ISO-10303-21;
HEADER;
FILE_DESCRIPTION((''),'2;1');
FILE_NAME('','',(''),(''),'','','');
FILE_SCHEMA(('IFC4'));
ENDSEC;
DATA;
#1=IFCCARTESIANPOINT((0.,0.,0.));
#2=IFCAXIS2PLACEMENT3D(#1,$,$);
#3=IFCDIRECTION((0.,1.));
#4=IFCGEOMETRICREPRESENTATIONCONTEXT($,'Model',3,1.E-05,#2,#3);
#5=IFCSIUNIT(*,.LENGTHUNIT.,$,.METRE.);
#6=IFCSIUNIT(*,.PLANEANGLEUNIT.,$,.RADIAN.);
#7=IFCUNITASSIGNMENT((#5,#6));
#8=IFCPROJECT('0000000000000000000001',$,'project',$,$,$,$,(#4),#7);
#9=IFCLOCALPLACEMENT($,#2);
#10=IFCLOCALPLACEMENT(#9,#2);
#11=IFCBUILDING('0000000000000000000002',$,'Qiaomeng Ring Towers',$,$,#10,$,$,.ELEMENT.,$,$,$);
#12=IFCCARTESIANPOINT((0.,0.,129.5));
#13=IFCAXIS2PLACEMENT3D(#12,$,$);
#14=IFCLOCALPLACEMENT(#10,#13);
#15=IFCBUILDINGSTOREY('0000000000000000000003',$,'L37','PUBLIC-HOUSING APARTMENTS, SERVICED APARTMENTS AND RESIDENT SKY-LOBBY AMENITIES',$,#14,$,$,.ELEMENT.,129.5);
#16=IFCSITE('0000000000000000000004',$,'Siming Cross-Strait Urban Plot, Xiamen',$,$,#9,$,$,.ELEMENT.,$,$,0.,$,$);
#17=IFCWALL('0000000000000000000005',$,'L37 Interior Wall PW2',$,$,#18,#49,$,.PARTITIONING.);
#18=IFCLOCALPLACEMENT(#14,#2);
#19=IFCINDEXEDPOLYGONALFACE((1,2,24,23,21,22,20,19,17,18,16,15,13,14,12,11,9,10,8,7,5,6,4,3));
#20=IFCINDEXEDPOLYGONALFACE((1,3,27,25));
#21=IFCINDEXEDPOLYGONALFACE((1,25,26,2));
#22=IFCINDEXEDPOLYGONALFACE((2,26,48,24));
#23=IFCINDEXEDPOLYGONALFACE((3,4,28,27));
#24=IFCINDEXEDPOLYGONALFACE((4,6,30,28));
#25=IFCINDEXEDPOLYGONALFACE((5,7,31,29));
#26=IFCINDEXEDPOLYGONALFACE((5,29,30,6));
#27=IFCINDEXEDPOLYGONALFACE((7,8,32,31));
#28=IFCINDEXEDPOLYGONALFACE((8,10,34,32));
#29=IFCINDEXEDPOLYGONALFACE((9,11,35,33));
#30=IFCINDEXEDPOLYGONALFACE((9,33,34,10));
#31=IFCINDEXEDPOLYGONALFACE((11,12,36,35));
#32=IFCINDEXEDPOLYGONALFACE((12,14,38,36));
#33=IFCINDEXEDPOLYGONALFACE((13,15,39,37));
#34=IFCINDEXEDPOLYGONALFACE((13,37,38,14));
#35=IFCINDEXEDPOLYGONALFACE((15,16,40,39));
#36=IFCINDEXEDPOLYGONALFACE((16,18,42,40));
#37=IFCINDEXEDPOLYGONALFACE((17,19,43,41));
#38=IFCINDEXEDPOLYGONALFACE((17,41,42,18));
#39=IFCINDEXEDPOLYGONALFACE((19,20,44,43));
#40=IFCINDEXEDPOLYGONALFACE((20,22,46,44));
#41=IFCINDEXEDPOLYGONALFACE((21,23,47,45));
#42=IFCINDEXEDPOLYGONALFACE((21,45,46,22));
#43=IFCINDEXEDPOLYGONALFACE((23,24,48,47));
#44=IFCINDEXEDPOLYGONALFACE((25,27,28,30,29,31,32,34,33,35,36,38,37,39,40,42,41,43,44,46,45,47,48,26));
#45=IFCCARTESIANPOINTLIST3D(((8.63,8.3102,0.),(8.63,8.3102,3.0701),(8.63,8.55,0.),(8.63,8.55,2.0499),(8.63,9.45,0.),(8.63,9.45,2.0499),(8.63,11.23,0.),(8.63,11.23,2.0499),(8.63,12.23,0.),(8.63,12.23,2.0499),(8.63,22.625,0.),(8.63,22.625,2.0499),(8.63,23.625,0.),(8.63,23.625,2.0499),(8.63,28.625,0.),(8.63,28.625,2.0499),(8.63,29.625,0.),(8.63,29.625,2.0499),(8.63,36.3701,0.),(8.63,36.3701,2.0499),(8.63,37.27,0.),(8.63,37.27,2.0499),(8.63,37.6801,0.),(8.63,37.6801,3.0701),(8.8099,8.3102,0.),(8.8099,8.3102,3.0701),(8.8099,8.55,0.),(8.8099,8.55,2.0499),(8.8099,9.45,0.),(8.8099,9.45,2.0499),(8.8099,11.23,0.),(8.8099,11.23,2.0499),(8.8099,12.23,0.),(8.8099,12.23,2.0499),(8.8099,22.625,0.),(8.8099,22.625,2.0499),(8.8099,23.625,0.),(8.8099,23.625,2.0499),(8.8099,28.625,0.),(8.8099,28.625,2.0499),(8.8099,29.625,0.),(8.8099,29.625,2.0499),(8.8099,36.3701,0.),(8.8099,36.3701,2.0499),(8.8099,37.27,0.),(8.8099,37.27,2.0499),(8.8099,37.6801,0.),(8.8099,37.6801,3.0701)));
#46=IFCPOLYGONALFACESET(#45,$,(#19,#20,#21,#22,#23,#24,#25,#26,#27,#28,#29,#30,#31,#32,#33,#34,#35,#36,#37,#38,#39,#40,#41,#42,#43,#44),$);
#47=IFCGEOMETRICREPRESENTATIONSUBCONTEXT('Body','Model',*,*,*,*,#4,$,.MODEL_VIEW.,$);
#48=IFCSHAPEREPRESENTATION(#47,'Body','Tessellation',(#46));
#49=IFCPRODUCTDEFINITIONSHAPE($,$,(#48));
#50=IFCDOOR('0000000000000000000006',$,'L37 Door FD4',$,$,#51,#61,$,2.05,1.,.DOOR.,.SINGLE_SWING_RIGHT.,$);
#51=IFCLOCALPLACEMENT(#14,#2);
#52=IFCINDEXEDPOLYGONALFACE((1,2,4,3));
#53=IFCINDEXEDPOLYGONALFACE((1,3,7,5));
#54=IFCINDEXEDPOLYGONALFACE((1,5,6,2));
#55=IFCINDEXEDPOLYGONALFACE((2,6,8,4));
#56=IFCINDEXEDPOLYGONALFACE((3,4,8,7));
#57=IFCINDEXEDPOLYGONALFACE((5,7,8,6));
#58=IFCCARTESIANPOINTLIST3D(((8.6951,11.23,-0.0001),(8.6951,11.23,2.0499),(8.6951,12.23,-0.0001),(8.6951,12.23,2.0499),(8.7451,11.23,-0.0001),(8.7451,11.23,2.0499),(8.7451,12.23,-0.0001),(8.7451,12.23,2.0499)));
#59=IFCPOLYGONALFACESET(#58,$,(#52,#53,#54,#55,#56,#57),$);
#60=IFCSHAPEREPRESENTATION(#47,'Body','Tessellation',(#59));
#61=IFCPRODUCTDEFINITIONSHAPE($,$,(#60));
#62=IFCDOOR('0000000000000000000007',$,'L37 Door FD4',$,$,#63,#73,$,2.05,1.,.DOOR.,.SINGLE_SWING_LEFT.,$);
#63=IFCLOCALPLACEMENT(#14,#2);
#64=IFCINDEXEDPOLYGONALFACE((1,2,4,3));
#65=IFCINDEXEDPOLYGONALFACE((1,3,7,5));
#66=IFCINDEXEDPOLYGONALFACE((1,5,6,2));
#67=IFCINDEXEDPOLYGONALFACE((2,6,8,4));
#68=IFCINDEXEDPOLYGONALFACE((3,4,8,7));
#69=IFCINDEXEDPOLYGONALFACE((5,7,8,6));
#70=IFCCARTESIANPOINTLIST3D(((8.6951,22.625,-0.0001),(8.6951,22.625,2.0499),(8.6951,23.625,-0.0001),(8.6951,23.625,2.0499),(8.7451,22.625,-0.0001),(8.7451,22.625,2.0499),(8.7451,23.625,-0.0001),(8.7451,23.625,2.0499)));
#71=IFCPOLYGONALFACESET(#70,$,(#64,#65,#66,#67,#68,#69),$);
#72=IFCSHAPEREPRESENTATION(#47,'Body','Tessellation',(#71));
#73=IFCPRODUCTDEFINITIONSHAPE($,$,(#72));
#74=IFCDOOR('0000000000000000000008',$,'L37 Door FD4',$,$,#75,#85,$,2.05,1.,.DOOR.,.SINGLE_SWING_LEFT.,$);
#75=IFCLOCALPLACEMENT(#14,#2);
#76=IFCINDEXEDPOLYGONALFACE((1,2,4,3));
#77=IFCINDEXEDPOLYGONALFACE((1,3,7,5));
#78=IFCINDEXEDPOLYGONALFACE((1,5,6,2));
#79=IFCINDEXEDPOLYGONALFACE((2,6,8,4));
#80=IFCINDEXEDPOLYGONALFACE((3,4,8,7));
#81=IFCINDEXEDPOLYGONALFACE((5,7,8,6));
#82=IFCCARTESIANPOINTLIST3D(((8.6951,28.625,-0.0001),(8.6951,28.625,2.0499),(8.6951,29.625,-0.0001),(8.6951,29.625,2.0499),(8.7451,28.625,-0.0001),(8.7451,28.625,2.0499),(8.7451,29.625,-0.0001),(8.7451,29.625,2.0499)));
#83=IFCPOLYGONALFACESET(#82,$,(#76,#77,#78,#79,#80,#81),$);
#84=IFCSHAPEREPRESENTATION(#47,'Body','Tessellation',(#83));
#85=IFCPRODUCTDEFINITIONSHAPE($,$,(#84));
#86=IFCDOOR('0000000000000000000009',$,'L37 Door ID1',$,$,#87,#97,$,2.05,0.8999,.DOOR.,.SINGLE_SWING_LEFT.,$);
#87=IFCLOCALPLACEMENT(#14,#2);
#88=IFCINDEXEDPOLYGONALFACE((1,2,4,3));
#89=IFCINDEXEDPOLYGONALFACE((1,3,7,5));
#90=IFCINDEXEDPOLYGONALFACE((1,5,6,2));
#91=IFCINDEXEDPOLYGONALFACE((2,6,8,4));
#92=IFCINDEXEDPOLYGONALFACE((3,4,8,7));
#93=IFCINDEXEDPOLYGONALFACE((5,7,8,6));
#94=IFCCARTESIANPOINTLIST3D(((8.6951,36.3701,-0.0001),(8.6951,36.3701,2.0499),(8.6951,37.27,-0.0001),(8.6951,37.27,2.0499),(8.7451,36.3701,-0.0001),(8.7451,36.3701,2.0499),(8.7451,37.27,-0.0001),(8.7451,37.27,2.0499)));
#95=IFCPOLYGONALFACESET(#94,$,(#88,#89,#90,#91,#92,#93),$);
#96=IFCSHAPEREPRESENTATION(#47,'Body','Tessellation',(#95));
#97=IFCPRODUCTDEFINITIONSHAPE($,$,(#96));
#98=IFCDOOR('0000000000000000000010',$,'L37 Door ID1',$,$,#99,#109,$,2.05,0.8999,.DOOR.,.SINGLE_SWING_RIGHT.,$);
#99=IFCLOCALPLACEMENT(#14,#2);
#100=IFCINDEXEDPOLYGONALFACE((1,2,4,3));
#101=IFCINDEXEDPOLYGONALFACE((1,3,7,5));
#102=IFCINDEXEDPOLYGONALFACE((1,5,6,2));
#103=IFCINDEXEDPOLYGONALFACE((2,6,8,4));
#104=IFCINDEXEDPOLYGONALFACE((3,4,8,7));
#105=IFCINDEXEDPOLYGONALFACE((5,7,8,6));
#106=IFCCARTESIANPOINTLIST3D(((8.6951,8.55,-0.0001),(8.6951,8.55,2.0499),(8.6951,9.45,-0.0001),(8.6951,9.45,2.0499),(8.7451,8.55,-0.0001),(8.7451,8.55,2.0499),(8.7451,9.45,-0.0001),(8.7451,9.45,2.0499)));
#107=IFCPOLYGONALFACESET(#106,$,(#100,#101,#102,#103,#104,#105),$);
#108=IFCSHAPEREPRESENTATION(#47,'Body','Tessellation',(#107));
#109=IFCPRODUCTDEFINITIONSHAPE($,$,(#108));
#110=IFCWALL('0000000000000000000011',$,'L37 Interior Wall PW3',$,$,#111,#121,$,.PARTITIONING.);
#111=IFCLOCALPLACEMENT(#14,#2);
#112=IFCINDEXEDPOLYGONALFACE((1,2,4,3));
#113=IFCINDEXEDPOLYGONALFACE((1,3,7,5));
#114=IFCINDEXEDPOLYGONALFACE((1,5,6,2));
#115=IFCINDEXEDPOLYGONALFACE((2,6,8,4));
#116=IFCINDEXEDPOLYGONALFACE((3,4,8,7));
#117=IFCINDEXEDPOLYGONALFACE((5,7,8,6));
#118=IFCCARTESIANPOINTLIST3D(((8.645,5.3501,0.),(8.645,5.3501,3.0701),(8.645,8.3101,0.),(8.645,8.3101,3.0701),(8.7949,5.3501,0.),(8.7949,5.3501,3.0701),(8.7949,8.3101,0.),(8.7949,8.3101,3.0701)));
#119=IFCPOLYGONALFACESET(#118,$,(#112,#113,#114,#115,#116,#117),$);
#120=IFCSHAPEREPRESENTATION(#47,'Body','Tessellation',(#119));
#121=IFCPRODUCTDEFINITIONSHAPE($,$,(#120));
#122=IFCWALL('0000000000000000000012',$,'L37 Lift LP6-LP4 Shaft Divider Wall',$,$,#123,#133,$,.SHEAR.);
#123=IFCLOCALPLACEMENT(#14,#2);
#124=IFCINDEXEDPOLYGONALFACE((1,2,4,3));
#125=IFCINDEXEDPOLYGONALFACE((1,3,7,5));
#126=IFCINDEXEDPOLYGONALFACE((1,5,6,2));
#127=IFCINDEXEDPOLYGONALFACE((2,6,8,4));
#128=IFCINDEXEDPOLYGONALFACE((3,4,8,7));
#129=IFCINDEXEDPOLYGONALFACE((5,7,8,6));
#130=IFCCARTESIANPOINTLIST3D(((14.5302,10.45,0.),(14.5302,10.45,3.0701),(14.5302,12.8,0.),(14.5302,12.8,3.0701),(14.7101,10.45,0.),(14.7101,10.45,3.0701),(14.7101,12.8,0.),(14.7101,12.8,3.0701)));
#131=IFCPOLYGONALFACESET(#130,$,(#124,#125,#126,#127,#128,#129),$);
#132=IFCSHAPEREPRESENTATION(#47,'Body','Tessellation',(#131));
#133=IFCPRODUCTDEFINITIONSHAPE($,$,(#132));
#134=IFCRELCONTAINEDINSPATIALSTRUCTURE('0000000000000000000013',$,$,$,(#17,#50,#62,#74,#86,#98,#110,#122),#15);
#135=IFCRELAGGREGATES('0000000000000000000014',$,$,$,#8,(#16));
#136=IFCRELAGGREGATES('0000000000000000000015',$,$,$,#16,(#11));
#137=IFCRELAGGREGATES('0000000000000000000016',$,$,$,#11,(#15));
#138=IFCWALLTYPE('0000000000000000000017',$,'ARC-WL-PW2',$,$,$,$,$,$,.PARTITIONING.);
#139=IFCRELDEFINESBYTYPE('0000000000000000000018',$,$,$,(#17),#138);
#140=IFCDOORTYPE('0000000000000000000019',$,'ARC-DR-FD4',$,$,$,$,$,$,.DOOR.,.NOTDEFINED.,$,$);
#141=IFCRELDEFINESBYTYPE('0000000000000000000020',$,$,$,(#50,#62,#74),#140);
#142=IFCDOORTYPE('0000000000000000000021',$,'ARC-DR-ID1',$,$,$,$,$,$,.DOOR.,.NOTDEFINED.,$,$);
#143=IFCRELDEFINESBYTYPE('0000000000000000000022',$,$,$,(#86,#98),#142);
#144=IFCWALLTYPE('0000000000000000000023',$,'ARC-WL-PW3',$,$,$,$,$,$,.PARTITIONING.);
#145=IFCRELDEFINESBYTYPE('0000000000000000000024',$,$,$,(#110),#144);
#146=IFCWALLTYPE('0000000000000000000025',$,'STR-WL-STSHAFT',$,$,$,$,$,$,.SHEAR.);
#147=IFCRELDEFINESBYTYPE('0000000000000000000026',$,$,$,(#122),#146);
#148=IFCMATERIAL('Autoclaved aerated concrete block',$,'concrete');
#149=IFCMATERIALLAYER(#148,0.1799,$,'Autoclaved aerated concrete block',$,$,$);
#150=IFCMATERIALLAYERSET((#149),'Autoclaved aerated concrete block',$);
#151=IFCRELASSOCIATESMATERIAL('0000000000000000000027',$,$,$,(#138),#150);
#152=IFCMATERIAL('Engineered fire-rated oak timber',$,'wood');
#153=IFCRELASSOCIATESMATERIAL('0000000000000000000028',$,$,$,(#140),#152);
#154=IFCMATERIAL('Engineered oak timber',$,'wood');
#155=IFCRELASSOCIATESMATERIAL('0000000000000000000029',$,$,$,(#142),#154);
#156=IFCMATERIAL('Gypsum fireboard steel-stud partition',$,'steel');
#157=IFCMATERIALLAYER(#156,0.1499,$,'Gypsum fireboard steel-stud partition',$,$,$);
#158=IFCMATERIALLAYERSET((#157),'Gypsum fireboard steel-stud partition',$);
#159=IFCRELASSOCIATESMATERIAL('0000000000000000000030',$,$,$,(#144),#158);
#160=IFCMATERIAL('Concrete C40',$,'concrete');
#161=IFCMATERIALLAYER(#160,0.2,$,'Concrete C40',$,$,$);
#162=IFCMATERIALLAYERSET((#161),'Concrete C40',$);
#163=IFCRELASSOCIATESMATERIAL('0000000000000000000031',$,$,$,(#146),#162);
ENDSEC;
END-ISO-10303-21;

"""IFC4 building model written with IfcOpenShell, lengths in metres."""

from ifc_helpers import new_model, si_unit, direction, frame, frame_2d, origin, place, context, subcontext, project, spatial, rectangle, extrude, source, transform, mapped, material, layer, layer_set, type_object, element, fill, save


model = new_model("IFC4")

# Units and contexts
model_context = context("Model", 3, precision=1e-05, world=origin(), true_north=direction((0.0, 1.0)))
body_context = subcontext(model_context, "Body", "Model", "MODEL_VIEW")
ifc_project = project(units=[si_unit("LENGTHUNIT", "METRE"), si_unit("PLANEANGLEUNIT", "RADIAN")], contexts=[model_context])

# Site, building, storey
site_placement = place(None, origin())
site = spatial("IfcSite", under=ifc_project, at=site_placement, Name="Siming Cross-Strait Urban Plot, Xiamen", CompositionType="ELEMENT", RefElevation=0.0)
building_placement = place(site_placement, origin())
building = spatial("IfcBuilding", under=site, at=building_placement, Name="Qiaomeng Ring Towers", CompositionType="ELEMENT")
storey_placement = place(building_placement, frame((0.0, 0.0, 129.5)))
storey = spatial("IfcBuildingStorey", under=building, at=storey_placement, Name="L37", Description="PUBLIC-HOUSING APARTMENTS, SERVICED APARTMENTS AND RESIDENT SKY-LOBBY AMENITIES", CompositionType="ELEMENT", Elevation=129.5)

# Shared definitions
ifc_material_1 = material(Name="Autoclaved aerated concrete block", Category="concrete")

# Wall, openings, doors
ifc_layer_1 = layer(ifc_material_1, 0.1799, Name="Autoclaved aerated concrete block")
ifc_layer_set_1 = layer_set([ifc_layer_1], Name="Autoclaved aerated concrete block")
wall_type_1 = type_object("IfcWallType", Name="ARC-WL-PW2", PredefinedType="PARTITIONING", material=ifc_layer_set_1)
ifc_material_2 = material(Name="Engineered fire-rated oak timber", Category="wood")
door_type_1 = type_object("IfcDoorType", Name="ARC-DR-FD4", OperationType="NOTDEFINED", PredefinedType="DOOR", material=ifc_material_2)
shared_shape_1 = source(origin(), body_context, "Body", "SweptSolid", [
    extrude(rectangle(XDim=1.0, YDim=2.05, at=frame_2d((0.5, 1.0249))), frame((0.0, 0.0249, 0.0), z_axis=(0.0, -1.0, 0.0), x_axis=(1.0, 0.0, 0.0)), (0.0, 0.0, 1.0), 0.05),
])
wall_1_placement = place(storey_placement, frame((8.72, 8.3101, 0.0), z_axis=(0.0, 0.0, 1.0), x_axis=(0.0, 1.0, 0.0)))
wall_1 = element("IfcWall", 1, at=wall_1_placement, inside=storey, type_object=wall_type_1, Name="L37 Interior Wall PW2", PredefinedType="PARTITIONING", context=body_context, shape_type="SweptSolid", body=[
    extrude(rectangle(XDim=29.3699, YDim=0.1799, at=frame_2d((14.6851, 0.0))), origin(), (0.0, 0.0, 1.0), 3.0701),
])
opening_1_placement = place(wall_1_placement, frame((28.0601, 0.0, 0.0)))
opening_1 = element("IfcOpeningElement", 2, at=opening_1_placement, cuts=wall_1, PredefinedType="OPENING", context=body_context, shape_type="SweptSolid", body=[
    extrude(rectangle(XDim=0.8999, YDim=2.05, at=frame_2d((0.45, 1.0249))), frame((0.0, 0.0999, 0.0), z_axis=(0.0, -1.0, 0.0), x_axis=(1.0, 0.0, 0.0)), (0.0, 0.0, 1.0), 0.2),
])
opening_2_placement = place(wall_1_placement, frame((0.24, 0.0, 0.0)))
opening_2 = element("IfcOpeningElement", 3, at=opening_2_placement, cuts=wall_1, PredefinedType="OPENING", context=body_context, shape_type="SweptSolid", body=[
    extrude(rectangle(XDim=0.8999, YDim=2.05, at=frame_2d((0.45, 1.0249))), frame((0.0, 0.0999, 0.0), z_axis=(0.0, -1.0, 0.0), x_axis=(1.0, 0.0, 0.0)), (0.0, 0.0, 1.0), 0.2),
])
opening_3_placement = place(wall_1_placement, frame((2.9199, 0.0, 0.0)))
opening_3 = element("IfcOpeningElement", 4, at=opening_3_placement, cuts=wall_1, PredefinedType="OPENING", context=body_context, shape_type="SweptSolid", body=[
    extrude(rectangle(XDim=1.0, YDim=2.05, at=frame_2d((0.5, 1.0249))), frame((0.0, 0.0999, 0.0), z_axis=(0.0, -1.0, 0.0), x_axis=(1.0, 0.0, 0.0)), (0.0, 0.0, 1.0), 0.2),
])
opening_4_placement = place(wall_1_placement, frame((14.3149, 0.0, 0.0)))
opening_4 = element("IfcOpeningElement", 5, at=opening_4_placement, cuts=wall_1, PredefinedType="OPENING", context=body_context, shape_type="SweptSolid", body=[
    extrude(rectangle(XDim=1.0, YDim=2.05, at=frame_2d((0.5, 1.0249))), frame((0.0, 0.0999, 0.0), z_axis=(0.0, -1.0, 0.0), x_axis=(1.0, 0.0, 0.0)), (0.0, 0.0, 1.0), 0.2),
])
opening_5_placement = place(wall_1_placement, frame((20.3149, 0.0, 0.0)))
opening_5 = element("IfcOpeningElement", 6, at=opening_5_placement, cuts=wall_1, PredefinedType="OPENING", context=body_context, shape_type="SweptSolid", body=[
    extrude(rectangle(XDim=1.0, YDim=2.05, at=frame_2d((0.5, 1.0249))), frame((0.0, 0.0999, 0.0), z_axis=(0.0, -1.0, 0.0), x_axis=(1.0, 0.0, 0.0)), (0.0, 0.0, 1.0), 0.2),
])
door_1_placement = place(opening_3_placement, origin())
door_1 = element("IfcDoor", 7, at=door_1_placement, inside=storey, type_object=door_type_1, Name="L37 Door FD4", OperationType="SINGLE_SWING_RIGHT", OverallHeight=2.05, OverallWidth=1.0, PredefinedType="DOOR", context=body_context, shape_type="MappedRepresentation", body=[
    mapped(shared_shape_1, transform((0.0, 0.0, 0.0), x_axis=(1.0, 0.0, 0.0), y_axis=(0.0, 1.0, 0.0), z_axis=(0.0, 0.0, 1.0), scale=1.0)),
])
fill(opening_3, door_1)
door_2_placement = place(opening_4_placement, origin())
door_2 = element("IfcDoor", 8, at=door_2_placement, inside=storey, type_object=door_type_1, Name="L37 Door FD4", OperationType="SINGLE_SWING_LEFT", OverallHeight=2.05, OverallWidth=1.0, PredefinedType="DOOR", context=body_context, shape_type="MappedRepresentation", body=[
    mapped(shared_shape_1, transform((0.0, 0.0, 0.0), x_axis=(1.0, 0.0, 0.0), y_axis=(0.0, 1.0, 0.0), z_axis=(0.0, 0.0, 1.0), scale=1.0)),
])
fill(opening_4, door_2)
door_3_placement = place(opening_5_placement, origin())
door_3 = element("IfcDoor", 9, at=door_3_placement, inside=storey, type_object=door_type_1, Name="L37 Door FD4", OperationType="SINGLE_SWING_LEFT", OverallHeight=2.05, OverallWidth=1.0, PredefinedType="DOOR", context=body_context, shape_type="MappedRepresentation", body=[
    mapped(shared_shape_1, transform((0.0, 0.0, 0.0), x_axis=(1.0, 0.0, 0.0), y_axis=(0.0, 1.0, 0.0), z_axis=(0.0, 0.0, 1.0), scale=1.0)),
])
fill(opening_5, door_3)
ifc_material_3 = material(Name="Engineered oak timber", Category="wood")
door_type_2 = type_object("IfcDoorType", Name="ARC-DR-ID1", OperationType="NOTDEFINED", PredefinedType="DOOR", material=ifc_material_3)
shared_shape_2 = source(origin(), body_context, "Body", "SweptSolid", [
    extrude(rectangle(XDim=0.8999, YDim=2.05, at=frame_2d((0.45, 1.0249))), frame((0.0, 0.0249, 0.0), z_axis=(0.0, -1.0, 0.0), x_axis=(1.0, 0.0, 0.0)), (0.0, 0.0, 1.0), 0.05),
])
door_4_placement = place(opening_1_placement, origin())
door_4 = element("IfcDoor", 10, at=door_4_placement, inside=storey, type_object=door_type_2, Name="L37 Door ID1", OperationType="SINGLE_SWING_LEFT", OverallHeight=2.05, OverallWidth=0.8999, PredefinedType="DOOR", context=body_context, shape_type="MappedRepresentation", body=[
    mapped(shared_shape_2, transform((0.0, 0.0, 0.0), x_axis=(1.0, 0.0, 0.0), y_axis=(0.0, 1.0, 0.0), z_axis=(0.0, 0.0, 1.0), scale=1.0)),
])
fill(opening_1, door_4)
door_5_placement = place(opening_2_placement, origin())
door_5 = element("IfcDoor", 11, at=door_5_placement, inside=storey, type_object=door_type_2, Name="L37 Door ID1", OperationType="SINGLE_SWING_RIGHT", OverallHeight=2.05, OverallWidth=0.8999, PredefinedType="DOOR", context=body_context, shape_type="MappedRepresentation", body=[
    mapped(shared_shape_2, transform((0.0, 0.0, 0.0), x_axis=(1.0, 0.0, 0.0), y_axis=(0.0, 1.0, 0.0), z_axis=(0.0, 0.0, 1.0), scale=1.0)),
])
fill(opening_2, door_5)

# Walls
ifc_material_4 = material(Name="Gypsum fireboard steel-stud partition", Category="steel")
ifc_layer_2 = layer(ifc_material_4, 0.1499, Name="Gypsum fireboard steel-stud partition")
ifc_layer_set_2 = layer_set([ifc_layer_2], Name="Gypsum fireboard steel-stud partition")
wall_type_2 = type_object("IfcWallType", Name="ARC-WL-PW3", PredefinedType="PARTITIONING", material=ifc_layer_set_2)
wall_2_placement = place(storey_placement, frame((8.72, 5.3501, 0.0), z_axis=(0.0, 0.0, 1.0), x_axis=(0.0, 1.0, 0.0)))
element("IfcWall", 12, at=wall_2_placement, inside=storey, type_object=wall_type_2, Name="L37 Interior Wall PW3", PredefinedType="PARTITIONING", context=body_context, shape_type="SweptSolid", body=[
    extrude(rectangle(XDim=2.96, YDim=0.1499, at=frame_2d((1.48, 0.0))), origin(), (0.0, 0.0, 1.0), 3.0701),
])
ifc_material_5 = material(Name="Concrete C40", Category="concrete")
ifc_layer_3 = layer(ifc_material_5, 0.2, Name="Concrete C40")
ifc_layer_set_3 = layer_set([ifc_layer_3], Name="Concrete C40")
wall_type_3 = type_object("IfcWallType", Name="STR-WL-STSHAFT", PredefinedType="SHEAR", material=ifc_layer_set_3)
wall_3_placement = place(storey_placement, frame((14.6201, 10.45, 0.0), z_axis=(0.0, 0.0, 1.0), x_axis=(0.0, 1.0, 0.0)))
element("IfcWall", 13, at=wall_3_placement, inside=storey, type_object=wall_type_3, Name="L37 Lift LP6-LP4 Shaft Divider Wall", PredefinedType="SHEAR", context=body_context, shape_type="SweptSolid", body=[
    extrude(rectangle(XDim=2.3501, YDim=0.1799, at=frame_2d((1.175, 0.0))), origin(), (0.0, 0.0, 1.0), 3.0701),
])

save(model, "model.ifc")
